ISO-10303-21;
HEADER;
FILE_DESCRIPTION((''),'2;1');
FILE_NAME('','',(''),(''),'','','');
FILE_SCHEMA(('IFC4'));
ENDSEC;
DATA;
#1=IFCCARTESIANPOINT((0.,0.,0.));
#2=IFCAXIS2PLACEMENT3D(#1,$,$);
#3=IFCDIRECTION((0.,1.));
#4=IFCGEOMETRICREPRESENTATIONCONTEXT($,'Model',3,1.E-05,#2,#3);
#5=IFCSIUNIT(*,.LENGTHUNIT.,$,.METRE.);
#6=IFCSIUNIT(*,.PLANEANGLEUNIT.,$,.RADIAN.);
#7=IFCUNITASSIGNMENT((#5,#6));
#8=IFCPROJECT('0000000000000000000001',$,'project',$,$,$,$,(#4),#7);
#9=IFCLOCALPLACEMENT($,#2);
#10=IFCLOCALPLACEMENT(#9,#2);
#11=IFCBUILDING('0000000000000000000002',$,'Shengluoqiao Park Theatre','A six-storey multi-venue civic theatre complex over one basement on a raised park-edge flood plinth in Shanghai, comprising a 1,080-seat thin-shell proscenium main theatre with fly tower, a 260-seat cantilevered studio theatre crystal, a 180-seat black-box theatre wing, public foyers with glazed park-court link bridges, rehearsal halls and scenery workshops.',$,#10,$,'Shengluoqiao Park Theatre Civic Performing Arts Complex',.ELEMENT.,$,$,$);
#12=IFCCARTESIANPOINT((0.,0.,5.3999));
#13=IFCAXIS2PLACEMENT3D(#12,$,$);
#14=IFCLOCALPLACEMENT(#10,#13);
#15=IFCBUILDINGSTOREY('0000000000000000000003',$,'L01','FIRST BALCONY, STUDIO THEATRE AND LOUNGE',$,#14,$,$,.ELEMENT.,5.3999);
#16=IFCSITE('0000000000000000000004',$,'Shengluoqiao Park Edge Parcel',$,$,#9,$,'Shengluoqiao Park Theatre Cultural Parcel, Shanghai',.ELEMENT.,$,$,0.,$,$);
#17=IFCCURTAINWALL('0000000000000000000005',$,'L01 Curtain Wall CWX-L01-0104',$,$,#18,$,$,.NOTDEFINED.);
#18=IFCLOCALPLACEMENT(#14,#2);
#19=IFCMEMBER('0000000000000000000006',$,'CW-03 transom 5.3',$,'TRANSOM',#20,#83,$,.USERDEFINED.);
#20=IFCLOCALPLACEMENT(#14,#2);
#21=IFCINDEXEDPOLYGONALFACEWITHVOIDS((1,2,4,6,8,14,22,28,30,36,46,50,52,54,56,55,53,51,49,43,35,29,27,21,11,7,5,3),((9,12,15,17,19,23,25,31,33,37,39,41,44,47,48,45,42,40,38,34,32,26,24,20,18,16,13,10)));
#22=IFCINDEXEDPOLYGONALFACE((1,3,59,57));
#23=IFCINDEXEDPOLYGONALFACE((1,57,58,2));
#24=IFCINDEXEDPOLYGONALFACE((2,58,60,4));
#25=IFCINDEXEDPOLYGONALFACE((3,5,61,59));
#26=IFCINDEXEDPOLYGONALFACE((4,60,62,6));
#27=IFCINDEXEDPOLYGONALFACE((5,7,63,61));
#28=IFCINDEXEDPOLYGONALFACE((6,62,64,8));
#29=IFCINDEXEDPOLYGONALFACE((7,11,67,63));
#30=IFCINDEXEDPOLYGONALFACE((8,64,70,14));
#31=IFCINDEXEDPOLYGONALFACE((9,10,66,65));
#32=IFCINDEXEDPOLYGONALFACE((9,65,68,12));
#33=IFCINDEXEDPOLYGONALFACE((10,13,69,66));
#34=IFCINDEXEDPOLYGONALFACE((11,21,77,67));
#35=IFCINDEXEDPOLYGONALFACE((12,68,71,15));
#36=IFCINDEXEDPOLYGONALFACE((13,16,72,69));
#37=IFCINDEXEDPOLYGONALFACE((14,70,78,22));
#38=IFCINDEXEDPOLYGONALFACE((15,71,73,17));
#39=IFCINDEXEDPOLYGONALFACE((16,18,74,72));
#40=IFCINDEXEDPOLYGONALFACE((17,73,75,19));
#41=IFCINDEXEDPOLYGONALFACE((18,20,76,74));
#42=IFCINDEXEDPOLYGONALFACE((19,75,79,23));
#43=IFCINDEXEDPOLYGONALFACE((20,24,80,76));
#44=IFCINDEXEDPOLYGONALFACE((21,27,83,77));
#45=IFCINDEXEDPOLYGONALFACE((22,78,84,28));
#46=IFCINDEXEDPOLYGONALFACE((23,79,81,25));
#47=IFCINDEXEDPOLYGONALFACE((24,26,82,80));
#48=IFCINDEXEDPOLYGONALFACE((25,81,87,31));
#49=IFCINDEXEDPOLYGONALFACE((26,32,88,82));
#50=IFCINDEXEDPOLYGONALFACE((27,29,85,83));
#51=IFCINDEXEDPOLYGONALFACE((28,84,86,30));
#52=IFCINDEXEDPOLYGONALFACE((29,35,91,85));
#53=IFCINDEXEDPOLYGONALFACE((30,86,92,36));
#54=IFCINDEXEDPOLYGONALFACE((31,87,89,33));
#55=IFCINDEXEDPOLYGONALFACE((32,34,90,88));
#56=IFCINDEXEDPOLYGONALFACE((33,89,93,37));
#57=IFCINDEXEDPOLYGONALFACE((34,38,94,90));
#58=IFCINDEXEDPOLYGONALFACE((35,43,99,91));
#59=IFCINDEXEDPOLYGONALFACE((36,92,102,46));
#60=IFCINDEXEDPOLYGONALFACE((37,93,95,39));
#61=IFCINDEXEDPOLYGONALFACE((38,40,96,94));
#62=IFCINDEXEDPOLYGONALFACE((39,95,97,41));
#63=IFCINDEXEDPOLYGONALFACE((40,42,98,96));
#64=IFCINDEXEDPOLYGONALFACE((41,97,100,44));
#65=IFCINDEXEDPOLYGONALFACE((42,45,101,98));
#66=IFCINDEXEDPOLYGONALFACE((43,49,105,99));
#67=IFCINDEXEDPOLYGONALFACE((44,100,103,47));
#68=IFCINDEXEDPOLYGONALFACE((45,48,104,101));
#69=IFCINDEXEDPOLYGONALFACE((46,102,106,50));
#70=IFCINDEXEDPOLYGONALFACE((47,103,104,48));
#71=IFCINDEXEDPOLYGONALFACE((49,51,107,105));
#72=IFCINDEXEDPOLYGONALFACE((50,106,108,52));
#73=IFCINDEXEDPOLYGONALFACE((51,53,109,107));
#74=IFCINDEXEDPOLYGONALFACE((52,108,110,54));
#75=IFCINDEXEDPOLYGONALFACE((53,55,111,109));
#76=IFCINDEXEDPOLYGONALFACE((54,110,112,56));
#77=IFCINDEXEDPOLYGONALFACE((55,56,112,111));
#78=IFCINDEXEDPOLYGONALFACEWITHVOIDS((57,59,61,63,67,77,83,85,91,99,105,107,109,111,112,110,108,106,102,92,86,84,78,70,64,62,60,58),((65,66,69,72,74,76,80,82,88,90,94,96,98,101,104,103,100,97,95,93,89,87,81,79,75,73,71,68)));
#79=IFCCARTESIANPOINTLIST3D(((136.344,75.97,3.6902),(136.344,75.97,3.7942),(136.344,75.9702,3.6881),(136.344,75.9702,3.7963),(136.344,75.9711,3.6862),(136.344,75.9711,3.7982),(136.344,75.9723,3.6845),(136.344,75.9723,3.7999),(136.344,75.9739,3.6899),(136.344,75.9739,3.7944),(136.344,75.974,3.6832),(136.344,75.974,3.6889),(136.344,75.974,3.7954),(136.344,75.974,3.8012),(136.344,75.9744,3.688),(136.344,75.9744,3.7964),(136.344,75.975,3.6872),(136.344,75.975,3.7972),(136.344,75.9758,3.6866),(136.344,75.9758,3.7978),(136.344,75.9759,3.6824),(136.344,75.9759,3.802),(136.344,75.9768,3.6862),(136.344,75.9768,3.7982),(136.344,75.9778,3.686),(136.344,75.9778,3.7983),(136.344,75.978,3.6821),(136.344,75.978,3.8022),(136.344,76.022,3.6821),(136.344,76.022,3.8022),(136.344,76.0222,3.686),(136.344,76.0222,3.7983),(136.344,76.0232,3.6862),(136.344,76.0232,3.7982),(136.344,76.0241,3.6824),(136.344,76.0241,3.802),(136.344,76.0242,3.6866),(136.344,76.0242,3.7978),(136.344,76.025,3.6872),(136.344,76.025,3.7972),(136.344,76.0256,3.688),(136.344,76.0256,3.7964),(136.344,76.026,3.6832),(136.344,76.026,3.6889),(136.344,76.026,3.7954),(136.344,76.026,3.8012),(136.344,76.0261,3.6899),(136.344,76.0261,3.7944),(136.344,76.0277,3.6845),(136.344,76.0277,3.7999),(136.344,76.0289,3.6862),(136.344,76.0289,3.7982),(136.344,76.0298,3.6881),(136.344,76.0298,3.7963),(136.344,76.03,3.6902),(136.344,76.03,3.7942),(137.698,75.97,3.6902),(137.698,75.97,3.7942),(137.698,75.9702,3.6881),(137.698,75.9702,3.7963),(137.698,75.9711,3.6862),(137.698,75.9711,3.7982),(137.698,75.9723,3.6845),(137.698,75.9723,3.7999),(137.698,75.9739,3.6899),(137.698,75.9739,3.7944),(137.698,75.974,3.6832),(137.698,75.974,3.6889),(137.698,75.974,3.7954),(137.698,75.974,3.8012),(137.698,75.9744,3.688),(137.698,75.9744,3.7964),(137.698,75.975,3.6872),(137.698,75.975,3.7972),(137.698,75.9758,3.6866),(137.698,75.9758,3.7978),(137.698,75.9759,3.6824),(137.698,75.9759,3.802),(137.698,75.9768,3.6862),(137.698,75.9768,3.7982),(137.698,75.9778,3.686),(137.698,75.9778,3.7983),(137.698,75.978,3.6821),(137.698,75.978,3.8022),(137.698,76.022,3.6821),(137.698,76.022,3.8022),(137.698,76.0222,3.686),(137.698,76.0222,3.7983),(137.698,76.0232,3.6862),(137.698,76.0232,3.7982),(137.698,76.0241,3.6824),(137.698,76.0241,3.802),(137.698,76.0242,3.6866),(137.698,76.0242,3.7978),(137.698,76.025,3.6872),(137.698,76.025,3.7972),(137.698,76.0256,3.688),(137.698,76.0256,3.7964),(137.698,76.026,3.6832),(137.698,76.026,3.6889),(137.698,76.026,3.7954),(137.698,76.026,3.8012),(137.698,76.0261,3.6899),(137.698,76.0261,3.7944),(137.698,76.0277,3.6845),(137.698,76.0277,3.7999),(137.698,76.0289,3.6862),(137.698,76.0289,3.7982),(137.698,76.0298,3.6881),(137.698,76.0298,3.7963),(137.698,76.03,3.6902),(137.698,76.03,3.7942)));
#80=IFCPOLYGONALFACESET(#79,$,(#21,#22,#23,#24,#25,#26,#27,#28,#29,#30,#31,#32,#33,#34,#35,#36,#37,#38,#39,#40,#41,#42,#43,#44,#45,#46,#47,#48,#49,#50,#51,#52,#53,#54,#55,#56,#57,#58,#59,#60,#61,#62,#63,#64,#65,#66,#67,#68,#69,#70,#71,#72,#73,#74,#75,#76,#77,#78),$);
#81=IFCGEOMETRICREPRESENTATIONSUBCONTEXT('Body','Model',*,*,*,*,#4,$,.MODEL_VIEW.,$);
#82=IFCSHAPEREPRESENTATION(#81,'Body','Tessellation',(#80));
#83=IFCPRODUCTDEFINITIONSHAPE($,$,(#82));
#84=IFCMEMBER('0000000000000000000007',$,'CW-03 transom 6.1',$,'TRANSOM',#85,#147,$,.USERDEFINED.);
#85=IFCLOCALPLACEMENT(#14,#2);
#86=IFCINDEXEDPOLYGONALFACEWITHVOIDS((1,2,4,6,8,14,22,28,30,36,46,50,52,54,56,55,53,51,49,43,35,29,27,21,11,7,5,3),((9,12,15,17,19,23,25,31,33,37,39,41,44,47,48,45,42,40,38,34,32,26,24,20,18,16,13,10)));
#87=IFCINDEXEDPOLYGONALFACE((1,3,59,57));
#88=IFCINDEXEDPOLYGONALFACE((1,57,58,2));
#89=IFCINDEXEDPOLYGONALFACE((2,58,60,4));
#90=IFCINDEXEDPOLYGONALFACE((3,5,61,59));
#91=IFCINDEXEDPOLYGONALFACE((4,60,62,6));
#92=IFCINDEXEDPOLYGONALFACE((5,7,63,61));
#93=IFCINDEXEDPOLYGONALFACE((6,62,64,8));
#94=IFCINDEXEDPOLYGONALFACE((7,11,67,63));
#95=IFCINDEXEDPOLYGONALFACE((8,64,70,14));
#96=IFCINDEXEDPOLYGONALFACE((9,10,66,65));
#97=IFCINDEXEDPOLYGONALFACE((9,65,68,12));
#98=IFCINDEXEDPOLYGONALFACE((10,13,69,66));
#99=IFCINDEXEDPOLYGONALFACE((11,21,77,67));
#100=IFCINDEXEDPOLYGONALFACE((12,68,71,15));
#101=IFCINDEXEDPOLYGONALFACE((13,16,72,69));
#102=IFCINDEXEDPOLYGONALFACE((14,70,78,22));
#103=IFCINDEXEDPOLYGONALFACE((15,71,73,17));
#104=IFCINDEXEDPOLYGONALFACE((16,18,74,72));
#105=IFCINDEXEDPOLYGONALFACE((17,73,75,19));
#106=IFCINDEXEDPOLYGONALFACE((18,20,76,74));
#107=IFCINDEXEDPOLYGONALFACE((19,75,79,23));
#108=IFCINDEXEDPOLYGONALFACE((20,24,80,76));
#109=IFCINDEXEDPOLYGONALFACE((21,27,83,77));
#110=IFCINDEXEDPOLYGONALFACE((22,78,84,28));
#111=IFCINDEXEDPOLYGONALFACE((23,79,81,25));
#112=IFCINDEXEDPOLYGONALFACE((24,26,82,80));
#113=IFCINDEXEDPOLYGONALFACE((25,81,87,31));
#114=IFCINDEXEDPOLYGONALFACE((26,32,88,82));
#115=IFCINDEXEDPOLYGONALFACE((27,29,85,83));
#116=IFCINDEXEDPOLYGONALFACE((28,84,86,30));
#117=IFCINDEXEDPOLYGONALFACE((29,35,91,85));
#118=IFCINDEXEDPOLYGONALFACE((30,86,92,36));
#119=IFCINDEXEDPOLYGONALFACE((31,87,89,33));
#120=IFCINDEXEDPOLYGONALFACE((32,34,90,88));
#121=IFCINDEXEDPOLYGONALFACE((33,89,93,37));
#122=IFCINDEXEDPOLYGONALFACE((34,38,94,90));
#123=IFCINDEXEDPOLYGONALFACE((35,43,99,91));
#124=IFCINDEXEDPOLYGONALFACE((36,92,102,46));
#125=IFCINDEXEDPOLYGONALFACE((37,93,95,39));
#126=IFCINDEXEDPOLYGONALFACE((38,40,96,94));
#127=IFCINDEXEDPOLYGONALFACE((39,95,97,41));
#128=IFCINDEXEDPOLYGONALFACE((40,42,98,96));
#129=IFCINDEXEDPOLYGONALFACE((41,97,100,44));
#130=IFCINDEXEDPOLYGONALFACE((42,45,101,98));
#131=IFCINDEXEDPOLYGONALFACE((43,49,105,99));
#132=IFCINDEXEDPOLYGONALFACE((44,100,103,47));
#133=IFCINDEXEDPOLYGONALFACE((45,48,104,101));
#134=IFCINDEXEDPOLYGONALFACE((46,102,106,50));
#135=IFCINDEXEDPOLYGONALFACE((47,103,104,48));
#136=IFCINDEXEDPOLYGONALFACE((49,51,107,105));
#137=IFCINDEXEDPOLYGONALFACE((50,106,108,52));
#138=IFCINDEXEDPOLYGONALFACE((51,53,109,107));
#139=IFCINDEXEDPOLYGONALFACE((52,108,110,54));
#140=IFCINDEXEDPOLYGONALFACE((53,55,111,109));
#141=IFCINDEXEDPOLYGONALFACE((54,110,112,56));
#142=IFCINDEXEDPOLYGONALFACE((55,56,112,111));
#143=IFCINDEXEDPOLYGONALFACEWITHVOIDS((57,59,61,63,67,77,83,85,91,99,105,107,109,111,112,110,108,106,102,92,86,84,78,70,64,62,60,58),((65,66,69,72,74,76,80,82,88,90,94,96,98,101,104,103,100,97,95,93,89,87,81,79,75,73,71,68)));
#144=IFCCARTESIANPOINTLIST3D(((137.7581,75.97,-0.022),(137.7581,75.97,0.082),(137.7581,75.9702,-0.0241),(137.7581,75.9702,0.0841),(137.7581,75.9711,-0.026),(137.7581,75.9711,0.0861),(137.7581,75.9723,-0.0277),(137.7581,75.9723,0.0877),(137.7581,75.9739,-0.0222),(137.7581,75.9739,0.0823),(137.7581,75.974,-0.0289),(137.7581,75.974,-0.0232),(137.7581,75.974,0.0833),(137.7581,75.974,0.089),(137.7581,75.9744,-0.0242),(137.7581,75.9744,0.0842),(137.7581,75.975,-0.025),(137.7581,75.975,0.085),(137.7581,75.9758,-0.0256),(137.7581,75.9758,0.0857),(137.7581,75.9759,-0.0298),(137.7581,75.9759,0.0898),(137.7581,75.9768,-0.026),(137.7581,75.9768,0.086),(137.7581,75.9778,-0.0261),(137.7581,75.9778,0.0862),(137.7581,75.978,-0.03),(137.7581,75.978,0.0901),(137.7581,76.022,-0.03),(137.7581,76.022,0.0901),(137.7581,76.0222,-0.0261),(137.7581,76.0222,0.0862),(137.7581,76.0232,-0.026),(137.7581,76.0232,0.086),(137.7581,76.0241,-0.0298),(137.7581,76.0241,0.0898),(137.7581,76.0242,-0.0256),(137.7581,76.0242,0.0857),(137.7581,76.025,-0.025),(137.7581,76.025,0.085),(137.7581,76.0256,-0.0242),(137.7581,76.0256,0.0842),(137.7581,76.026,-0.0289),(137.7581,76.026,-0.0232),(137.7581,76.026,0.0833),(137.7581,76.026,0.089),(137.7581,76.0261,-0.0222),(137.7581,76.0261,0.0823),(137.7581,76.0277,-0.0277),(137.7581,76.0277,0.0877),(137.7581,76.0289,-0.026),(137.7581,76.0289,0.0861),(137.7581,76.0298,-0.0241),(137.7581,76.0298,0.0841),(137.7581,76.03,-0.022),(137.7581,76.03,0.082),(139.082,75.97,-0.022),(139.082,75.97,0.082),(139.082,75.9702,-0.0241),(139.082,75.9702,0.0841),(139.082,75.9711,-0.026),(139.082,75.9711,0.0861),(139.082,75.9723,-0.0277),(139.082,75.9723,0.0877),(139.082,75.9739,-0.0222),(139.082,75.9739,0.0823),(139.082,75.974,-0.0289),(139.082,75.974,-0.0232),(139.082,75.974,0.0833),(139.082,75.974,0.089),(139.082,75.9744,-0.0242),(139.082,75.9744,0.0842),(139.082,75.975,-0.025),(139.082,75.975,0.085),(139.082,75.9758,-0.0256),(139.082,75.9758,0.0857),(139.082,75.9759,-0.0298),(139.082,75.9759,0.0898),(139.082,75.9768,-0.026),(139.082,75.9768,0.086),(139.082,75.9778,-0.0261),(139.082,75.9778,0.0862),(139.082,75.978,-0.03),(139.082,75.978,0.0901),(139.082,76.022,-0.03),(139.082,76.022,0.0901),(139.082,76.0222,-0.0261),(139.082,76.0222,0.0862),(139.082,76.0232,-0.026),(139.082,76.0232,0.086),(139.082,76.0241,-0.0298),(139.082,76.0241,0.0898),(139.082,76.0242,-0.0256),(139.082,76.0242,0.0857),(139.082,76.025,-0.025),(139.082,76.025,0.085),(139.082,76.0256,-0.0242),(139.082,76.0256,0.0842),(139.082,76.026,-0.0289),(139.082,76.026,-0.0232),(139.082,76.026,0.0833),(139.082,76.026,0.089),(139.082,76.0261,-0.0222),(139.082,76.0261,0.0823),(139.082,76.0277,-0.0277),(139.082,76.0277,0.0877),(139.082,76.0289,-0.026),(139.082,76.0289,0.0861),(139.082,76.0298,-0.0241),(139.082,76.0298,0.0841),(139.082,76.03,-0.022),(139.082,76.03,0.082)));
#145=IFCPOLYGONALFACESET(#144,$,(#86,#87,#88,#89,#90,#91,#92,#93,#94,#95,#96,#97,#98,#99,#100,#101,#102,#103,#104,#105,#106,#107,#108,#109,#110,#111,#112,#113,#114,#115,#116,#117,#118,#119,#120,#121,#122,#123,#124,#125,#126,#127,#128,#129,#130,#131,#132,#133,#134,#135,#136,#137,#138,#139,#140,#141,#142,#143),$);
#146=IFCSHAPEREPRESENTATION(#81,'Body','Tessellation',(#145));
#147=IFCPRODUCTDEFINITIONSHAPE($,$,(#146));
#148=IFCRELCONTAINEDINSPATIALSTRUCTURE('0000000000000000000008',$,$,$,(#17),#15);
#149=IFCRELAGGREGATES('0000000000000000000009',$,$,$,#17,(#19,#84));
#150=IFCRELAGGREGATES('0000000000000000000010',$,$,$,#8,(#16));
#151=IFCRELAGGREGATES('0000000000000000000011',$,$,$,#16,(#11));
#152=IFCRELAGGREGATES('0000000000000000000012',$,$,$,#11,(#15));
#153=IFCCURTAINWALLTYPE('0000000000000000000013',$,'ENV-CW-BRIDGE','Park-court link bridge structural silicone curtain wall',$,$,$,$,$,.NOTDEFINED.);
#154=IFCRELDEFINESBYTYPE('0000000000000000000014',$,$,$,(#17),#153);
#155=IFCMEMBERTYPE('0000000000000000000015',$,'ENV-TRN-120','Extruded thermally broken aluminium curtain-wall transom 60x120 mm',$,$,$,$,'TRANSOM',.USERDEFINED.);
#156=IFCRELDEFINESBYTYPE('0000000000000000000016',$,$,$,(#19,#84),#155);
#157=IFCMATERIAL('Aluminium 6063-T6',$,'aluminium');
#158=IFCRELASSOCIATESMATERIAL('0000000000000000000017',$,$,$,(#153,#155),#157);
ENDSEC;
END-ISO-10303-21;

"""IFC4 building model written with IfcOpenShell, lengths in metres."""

from ifc_helpers import new_model, si_unit, direction, frame, origin, origin_2d, place, context, subcontext, project, spatial, hollow_rectangle, extrude, material, material_profile, profile_set, type_object, element, aggregate, save


model = new_model("IFC4")

# Units and contexts
model_context = context("Model", 3, precision=1e-05, world=origin(), true_north=direction((0.0, 1.0)))
body_context = subcontext(model_context, "Body", "Model", "MODEL_VIEW")
ifc_project = project(units=[si_unit("LENGTHUNIT", "METRE"), si_unit("PLANEANGLEUNIT", "RADIAN")], contexts=[model_context])

# Site, building, storey
site_placement = place(None, origin())
site = spatial("IfcSite", under=ifc_project, at=site_placement, Name="Shengluoqiao Park Edge Parcel", LongName="Shengluoqiao Park Theatre Cultural Parcel, Shanghai", CompositionType="ELEMENT", RefElevation=0.0)
building_placement = place(site_placement, origin())
building = spatial("IfcBuilding", under=site, at=building_placement, Name="Shengluoqiao Park Theatre", Description="A six-storey multi-venue civic theatre complex over one basement on a raised park-edge flood plinth in Shanghai, comprising a 1,080-seat thin-shell proscenium main theatre with fly tower, a 260-seat cantilevered studio theatre crystal, a 180-seat black-box theatre wing, public foyers with glazed park-court link bridges, rehearsal halls and scenery workshops.", LongName="Shengluoqiao Park Theatre Civic Performing Arts Complex", CompositionType="ELEMENT")
storey_placement = place(building_placement, frame((0.0, 0.0, 5.3999)))
storey = spatial("IfcBuildingStorey", under=building, at=storey_placement, Name="L01", Description="FIRST BALCONY, STUDIO THEATRE AND LOUNGE", CompositionType="ELEMENT", Elevation=5.3999)

# Curtain wall, members
ifc_material_1 = material(Name="Aluminium 6063-T6", Category="aluminium")
curtain_wall_type = type_object("IfcCurtainWallType", Name="ENV-CW-BRIDGE", Description="Park-court link bridge structural silicone curtain wall", PredefinedType="NOTDEFINED", material=ifc_material_1)
curtain_wall_placement = place(storey_placement, origin())
curtain_wall = element("IfcCurtainWall", 1, at=curtain_wall_placement, inside=storey, type_object=curtain_wall_type, Name="L01 Curtain Wall CWX-L01-0104", PredefinedType="NOTDEFINED")
ifc_material_profile_1 = material_profile(ifc_material_1, hollow_rectangle(XDim=0.0601, YDim=0.1201, WallThickness=0.0039, InnerFilletRadius=0.0039, OuterFilletRadius=0.0081, at=origin_2d()), Name="ALU TRANSOM 120x60x4")
ifc_profile_set_1 = profile_set([ifc_material_profile_1], Name="Aluminium 6063-T6")
member_type_1 = type_object("IfcMemberType", Name="ENV-TRN-120", Description="Extruded thermally broken aluminium curtain-wall transom 60x120 mm", ElementType="TRANSOM", PredefinedType="USERDEFINED", material=ifc_profile_set_1)
member_1_placement = place(storey_placement, frame((136.344, 76.0, 3.7422), z_axis=(1.0, 0.0, 0.0), x_axis=(0.0, 1.0, 0.0)))
member_1 = element("IfcMember", 2, at=member_1_placement, type_object=member_type_1, Name="CW-03 transom 5.3", ObjectType="TRANSOM", PredefinedType="USERDEFINED", context=body_context, shape_type="SweptSolid", body=[
    extrude(hollow_rectangle(XDim=0.0601, YDim=0.1201, WallThickness=0.0039, InnerFilletRadius=0.0039, OuterFilletRadius=0.0081, at=origin_2d()), origin(), (0.0, 0.0, 1.0), 1.354),
])
member_2_placement = place(storey_placement, frame((137.7581, 76.0, 0.03), z_axis=(1.0, 0.0, 0.0), x_axis=(0.0, 1.0, 0.0)))
member_2 = element("IfcMember", 3, at=member_2_placement, type_object=member_type_1, Name="CW-03 transom 6.1", ObjectType="TRANSOM", PredefinedType="USERDEFINED", context=body_context, shape_type="SweptSolid", body=[
    extrude(hollow_rectangle(XDim=0.0601, YDim=0.1201, WallThickness=0.0039, InnerFilletRadius=0.0039, OuterFilletRadius=0.0081, at=origin_2d()), origin(), (0.0, 0.0, 1.0), 1.324),
])

aggregate(curtain_wall, [member_1, member_2])

save(model, "model.ifc")
